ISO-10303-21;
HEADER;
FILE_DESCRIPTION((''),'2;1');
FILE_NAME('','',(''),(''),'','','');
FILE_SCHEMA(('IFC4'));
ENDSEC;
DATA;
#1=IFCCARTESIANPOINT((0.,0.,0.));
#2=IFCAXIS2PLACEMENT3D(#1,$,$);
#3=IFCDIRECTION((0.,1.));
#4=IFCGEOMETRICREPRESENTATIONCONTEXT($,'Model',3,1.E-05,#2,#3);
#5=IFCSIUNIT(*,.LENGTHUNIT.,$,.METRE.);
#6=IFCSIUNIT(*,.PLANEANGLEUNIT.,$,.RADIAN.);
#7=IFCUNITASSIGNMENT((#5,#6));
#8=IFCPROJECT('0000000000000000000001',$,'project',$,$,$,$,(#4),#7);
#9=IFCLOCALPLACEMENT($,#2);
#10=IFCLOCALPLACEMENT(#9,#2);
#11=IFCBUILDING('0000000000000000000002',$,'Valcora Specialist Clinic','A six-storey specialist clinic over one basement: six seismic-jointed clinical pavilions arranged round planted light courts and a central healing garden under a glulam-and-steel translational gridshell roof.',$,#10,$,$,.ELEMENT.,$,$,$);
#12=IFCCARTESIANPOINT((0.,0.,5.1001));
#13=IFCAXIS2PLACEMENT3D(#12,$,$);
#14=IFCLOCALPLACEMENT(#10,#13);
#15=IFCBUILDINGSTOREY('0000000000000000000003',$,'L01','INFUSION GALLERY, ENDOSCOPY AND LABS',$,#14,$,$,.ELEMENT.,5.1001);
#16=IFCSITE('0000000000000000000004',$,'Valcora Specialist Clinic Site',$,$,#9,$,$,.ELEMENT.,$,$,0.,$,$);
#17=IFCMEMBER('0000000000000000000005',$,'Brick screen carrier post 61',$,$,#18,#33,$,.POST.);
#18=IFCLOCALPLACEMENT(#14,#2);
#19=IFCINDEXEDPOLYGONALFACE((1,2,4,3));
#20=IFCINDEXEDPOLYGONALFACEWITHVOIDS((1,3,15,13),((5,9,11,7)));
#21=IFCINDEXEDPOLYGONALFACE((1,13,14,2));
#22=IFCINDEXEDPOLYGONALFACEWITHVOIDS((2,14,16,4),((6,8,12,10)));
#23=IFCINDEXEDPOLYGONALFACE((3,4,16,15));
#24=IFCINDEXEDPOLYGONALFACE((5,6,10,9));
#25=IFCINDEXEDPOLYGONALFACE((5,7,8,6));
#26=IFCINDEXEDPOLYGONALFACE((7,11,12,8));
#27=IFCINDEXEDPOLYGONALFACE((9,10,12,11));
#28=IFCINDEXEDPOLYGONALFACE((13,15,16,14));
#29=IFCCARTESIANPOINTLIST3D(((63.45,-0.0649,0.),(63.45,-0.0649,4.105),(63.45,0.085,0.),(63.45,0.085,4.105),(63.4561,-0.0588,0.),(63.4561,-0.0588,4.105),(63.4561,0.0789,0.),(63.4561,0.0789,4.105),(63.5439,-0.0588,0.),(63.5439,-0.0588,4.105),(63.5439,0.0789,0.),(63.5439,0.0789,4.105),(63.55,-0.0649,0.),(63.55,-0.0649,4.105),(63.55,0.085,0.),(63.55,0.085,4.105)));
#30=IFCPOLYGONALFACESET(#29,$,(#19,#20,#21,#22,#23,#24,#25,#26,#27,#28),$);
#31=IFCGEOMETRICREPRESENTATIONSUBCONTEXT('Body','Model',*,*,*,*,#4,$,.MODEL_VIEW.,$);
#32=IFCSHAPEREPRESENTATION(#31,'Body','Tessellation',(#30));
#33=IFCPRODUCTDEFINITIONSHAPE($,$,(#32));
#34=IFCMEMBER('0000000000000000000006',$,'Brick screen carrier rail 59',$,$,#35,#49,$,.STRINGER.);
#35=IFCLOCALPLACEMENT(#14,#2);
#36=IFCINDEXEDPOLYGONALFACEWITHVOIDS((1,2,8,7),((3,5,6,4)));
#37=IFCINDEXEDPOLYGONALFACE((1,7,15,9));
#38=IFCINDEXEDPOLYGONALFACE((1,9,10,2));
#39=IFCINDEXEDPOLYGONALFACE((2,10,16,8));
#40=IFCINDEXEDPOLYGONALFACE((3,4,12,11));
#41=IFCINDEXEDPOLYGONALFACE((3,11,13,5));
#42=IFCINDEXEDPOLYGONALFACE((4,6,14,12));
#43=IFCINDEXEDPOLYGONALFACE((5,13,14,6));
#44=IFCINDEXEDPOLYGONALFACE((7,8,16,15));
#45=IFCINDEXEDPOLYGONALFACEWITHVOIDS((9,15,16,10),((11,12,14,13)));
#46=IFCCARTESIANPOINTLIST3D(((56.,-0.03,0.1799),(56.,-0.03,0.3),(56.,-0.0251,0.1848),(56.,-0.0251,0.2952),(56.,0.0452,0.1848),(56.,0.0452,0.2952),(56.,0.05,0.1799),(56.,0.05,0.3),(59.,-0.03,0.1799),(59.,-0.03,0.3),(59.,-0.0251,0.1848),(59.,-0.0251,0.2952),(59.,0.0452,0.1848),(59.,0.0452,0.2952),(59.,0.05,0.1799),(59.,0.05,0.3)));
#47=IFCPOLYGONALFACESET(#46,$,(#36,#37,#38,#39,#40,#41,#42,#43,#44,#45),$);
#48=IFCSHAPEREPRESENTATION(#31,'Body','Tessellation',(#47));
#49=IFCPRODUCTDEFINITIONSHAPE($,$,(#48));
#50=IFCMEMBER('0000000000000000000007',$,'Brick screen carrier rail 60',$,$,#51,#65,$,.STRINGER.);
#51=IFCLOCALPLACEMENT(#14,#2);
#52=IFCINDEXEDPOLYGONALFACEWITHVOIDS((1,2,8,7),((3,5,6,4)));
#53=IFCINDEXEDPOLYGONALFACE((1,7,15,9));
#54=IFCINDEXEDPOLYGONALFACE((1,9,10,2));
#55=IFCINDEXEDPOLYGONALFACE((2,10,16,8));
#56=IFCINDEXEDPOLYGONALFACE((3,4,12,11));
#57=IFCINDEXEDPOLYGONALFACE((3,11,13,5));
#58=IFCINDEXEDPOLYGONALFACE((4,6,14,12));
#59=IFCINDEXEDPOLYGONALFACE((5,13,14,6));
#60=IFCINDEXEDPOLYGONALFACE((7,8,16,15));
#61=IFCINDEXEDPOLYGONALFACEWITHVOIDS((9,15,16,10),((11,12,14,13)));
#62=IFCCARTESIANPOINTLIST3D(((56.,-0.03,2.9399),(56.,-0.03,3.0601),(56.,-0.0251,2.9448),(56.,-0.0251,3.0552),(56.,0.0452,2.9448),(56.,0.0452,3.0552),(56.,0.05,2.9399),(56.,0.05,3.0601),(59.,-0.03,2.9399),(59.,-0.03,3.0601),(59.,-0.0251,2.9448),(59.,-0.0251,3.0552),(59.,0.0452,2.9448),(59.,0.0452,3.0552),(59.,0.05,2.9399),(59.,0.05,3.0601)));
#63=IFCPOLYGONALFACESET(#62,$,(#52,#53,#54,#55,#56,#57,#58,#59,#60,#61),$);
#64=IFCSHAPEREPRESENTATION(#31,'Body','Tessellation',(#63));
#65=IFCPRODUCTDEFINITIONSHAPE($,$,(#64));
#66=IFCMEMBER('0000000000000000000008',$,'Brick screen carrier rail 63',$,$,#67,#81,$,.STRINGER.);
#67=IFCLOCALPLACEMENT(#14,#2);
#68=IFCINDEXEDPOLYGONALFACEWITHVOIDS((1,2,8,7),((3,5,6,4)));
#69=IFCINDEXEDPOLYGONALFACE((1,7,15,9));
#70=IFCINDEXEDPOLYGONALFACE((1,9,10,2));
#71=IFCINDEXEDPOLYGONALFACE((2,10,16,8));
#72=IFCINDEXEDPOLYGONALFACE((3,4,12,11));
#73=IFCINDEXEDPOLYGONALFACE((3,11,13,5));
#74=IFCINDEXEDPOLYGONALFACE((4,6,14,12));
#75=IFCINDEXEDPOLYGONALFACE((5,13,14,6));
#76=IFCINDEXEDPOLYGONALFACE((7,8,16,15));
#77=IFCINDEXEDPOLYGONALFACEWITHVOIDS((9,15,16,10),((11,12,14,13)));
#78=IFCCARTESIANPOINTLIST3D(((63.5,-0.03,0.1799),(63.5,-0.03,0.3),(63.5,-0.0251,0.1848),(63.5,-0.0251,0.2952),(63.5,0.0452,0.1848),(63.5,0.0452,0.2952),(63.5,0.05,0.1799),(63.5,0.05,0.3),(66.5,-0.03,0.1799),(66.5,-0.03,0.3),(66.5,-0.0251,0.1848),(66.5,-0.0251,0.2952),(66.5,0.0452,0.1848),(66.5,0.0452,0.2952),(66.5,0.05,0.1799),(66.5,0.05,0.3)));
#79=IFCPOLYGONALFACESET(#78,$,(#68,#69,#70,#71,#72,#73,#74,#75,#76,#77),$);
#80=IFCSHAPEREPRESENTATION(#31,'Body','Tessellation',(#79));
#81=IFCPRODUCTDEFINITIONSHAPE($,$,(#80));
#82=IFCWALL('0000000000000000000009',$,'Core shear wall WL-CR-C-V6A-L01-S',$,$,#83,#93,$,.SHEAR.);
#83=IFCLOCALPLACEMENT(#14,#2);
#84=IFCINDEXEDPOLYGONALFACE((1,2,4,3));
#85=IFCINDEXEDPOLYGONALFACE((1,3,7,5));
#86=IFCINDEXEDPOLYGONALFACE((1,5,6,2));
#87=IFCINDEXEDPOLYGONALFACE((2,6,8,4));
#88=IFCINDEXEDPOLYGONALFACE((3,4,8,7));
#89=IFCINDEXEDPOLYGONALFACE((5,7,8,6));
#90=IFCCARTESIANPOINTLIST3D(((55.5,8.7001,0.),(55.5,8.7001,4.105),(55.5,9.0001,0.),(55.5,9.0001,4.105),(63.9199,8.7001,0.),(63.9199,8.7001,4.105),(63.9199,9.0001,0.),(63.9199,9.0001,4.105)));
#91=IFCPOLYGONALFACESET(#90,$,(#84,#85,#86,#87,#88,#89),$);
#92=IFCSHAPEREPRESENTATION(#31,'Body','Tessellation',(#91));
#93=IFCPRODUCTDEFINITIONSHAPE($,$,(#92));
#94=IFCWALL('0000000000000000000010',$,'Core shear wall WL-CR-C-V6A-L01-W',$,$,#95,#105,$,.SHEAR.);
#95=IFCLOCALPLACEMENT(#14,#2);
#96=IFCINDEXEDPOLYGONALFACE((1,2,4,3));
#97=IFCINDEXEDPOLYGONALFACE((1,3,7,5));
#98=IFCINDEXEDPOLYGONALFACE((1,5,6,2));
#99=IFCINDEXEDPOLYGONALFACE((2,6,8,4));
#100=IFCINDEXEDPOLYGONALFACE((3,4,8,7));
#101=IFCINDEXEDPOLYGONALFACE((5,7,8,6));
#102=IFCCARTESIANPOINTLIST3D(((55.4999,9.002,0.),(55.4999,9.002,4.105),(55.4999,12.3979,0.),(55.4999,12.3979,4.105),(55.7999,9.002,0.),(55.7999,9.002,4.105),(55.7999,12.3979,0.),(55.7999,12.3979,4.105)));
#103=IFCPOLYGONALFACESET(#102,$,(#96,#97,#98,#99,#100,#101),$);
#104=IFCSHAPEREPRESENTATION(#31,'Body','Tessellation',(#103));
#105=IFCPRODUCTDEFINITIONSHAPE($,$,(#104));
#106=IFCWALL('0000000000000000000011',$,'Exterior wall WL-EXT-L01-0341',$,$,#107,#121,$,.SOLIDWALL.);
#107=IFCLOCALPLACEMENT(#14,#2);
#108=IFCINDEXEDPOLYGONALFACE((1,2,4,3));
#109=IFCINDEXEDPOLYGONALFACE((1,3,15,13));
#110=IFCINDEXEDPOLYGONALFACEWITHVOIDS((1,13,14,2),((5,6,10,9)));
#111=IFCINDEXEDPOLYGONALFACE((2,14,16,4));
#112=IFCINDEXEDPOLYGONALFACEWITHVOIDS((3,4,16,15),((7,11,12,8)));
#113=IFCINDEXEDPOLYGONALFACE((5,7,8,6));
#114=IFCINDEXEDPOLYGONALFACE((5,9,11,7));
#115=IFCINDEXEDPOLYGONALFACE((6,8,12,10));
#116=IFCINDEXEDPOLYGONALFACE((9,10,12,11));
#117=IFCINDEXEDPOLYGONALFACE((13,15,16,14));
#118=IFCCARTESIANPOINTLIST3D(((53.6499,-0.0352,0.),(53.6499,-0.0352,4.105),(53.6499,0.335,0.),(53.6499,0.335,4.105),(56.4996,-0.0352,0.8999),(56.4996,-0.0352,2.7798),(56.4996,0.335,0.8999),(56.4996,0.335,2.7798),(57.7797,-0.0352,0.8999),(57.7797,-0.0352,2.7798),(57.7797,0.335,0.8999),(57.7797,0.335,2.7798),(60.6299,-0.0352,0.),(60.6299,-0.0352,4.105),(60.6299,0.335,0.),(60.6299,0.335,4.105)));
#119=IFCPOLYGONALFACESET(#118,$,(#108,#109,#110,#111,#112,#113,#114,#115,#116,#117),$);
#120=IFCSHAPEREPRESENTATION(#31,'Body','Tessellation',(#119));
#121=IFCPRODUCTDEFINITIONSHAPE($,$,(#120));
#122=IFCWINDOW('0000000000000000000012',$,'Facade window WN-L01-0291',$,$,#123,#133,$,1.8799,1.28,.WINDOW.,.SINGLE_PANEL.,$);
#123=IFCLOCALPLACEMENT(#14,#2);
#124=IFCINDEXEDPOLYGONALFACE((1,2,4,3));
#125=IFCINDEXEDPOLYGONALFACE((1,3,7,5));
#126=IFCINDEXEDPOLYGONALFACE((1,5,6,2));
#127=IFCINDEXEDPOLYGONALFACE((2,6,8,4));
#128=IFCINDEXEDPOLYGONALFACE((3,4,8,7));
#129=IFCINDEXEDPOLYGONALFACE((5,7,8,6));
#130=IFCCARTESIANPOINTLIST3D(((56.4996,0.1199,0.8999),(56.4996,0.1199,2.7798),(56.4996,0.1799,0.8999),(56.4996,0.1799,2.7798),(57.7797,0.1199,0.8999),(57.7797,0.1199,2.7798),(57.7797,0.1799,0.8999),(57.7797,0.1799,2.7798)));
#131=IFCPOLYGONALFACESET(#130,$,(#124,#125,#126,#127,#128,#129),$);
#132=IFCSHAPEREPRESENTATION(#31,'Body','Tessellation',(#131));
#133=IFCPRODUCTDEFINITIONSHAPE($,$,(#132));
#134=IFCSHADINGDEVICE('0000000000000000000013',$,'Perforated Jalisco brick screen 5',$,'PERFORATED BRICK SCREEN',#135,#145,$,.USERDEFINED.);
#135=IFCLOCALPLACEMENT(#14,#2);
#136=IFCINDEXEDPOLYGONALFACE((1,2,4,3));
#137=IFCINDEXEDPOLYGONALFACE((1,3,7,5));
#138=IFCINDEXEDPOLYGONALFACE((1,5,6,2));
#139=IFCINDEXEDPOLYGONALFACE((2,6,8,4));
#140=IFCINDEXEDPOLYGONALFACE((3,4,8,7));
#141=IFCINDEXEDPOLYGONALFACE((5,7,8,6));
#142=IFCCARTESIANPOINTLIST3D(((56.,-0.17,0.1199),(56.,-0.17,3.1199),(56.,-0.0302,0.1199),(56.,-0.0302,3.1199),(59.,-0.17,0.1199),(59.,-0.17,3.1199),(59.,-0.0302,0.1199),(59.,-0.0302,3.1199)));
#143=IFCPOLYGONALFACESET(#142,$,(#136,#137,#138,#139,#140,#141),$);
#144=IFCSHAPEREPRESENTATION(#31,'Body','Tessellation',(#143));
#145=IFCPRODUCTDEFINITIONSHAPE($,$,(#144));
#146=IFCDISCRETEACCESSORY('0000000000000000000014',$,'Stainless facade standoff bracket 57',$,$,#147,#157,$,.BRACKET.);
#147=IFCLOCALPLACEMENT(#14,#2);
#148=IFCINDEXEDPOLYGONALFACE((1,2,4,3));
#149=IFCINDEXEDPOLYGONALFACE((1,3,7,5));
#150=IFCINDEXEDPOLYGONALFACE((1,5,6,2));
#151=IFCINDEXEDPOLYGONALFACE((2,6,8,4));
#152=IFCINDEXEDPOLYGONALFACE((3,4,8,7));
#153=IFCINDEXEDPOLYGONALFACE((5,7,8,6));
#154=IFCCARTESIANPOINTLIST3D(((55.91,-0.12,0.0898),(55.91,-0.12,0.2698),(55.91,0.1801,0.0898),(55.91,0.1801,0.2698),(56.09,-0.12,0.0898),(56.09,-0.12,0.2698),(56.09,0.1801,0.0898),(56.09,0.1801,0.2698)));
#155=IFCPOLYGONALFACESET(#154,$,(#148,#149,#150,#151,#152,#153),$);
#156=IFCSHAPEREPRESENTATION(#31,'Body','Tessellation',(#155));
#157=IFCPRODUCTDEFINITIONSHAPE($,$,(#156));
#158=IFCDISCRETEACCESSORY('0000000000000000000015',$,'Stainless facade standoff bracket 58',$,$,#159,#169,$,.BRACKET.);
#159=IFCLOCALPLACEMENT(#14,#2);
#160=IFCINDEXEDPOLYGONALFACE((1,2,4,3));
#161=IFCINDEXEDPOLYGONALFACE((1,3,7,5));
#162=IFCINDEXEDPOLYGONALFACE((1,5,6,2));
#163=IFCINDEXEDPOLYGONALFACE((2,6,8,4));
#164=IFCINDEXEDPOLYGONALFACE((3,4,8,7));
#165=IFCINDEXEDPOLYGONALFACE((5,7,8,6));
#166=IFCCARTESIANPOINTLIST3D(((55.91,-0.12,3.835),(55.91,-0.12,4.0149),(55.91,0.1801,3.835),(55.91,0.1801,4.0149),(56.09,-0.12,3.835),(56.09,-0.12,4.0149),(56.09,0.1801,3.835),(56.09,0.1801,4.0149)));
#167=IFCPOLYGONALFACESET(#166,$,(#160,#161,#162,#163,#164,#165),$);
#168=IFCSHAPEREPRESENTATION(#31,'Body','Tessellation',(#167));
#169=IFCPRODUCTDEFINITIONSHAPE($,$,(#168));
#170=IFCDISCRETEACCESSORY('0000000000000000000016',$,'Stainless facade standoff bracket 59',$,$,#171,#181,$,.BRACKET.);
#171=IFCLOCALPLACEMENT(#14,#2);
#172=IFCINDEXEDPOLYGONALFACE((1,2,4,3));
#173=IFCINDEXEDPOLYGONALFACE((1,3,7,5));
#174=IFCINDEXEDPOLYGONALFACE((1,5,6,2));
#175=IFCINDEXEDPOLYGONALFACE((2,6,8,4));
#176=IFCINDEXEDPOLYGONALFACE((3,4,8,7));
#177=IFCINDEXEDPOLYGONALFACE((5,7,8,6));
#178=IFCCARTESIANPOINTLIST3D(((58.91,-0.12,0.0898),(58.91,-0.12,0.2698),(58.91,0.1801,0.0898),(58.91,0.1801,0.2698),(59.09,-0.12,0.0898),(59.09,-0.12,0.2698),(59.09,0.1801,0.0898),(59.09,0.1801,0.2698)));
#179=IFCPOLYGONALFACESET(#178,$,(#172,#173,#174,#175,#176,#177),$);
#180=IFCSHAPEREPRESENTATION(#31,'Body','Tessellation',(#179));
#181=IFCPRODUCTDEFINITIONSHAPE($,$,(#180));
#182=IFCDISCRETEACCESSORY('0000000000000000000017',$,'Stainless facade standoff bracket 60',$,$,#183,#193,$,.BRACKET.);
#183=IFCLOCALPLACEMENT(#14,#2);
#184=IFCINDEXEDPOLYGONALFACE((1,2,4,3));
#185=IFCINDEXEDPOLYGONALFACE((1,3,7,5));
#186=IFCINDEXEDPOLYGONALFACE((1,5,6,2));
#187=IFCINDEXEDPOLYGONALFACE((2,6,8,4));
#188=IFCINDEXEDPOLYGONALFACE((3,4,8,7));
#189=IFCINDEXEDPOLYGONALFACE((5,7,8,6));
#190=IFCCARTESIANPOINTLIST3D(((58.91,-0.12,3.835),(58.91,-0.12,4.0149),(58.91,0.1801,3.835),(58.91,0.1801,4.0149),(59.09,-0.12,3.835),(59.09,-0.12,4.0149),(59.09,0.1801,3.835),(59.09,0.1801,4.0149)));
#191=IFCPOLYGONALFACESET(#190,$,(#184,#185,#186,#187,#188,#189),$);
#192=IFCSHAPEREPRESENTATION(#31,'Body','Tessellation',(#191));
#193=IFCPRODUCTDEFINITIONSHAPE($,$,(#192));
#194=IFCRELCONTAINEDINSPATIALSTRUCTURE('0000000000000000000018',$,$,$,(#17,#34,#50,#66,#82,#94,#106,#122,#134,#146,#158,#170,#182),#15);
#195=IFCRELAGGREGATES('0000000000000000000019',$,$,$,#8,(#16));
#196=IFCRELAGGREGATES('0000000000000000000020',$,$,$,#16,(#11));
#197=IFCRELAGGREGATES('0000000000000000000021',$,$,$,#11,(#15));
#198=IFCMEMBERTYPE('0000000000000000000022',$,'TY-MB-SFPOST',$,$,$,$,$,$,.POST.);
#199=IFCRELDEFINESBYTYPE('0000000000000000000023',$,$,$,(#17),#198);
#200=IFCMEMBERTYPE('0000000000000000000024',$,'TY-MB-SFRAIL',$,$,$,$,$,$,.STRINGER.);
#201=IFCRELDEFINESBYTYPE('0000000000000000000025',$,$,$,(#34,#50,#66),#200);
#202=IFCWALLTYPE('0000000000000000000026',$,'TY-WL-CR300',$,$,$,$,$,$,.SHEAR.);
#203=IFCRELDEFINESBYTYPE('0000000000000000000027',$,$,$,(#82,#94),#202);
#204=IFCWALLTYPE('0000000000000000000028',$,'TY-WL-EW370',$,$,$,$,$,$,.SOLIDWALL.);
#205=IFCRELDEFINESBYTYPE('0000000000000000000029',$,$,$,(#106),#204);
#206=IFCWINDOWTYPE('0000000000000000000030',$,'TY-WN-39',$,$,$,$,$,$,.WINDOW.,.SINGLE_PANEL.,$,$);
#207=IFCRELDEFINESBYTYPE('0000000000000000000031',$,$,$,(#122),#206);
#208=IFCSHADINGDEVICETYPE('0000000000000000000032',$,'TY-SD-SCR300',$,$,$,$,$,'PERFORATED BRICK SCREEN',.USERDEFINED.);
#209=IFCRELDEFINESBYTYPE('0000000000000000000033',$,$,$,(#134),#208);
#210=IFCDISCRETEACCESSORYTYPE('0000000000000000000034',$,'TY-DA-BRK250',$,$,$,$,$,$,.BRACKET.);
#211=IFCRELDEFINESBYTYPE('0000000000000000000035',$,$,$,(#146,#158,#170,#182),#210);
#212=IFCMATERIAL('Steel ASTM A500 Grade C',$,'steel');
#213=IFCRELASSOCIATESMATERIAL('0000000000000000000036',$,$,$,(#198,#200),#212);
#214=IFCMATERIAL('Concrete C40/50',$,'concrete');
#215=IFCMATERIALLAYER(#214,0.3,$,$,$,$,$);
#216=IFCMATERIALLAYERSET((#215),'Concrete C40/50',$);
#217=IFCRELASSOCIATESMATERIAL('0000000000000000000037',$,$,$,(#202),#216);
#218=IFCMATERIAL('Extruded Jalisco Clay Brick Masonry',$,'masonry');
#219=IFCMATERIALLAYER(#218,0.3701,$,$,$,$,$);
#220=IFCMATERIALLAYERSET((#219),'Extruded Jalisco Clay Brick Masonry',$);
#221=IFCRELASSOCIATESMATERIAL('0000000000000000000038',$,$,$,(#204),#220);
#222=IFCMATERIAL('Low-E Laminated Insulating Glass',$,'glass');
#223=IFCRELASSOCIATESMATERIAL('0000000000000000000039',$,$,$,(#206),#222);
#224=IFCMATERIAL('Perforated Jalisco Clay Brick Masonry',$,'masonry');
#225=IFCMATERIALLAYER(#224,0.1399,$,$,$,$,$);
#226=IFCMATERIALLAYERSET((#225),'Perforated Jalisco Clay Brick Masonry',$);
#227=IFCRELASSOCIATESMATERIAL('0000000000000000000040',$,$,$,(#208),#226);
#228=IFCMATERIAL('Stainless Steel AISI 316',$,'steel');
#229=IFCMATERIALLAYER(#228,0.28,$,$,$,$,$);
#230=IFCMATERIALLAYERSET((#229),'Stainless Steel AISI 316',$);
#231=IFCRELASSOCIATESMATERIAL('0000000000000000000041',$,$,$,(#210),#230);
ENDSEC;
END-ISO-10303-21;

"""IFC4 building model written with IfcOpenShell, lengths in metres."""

from ifc_helpers import new_model, si_unit, direction, frame, frame_2d, origin, origin_2d, place, context, subcontext, project, spatial, rectangle, hollow_rectangle, extrude, material, layer, layer_set, material_profile, profile_set, type_object, element, fill, save


model = new_model("IFC4")

# Units and contexts
model_context = context("Model", 3, precision=1e-05, world=origin(), true_north=direction((0.0, 1.0)))
body_context = subcontext(model_context, "Body", "Model", "MODEL_VIEW")
ifc_project = project(units=[si_unit("LENGTHUNIT", "METRE"), si_unit("PLANEANGLEUNIT", "RADIAN")], contexts=[model_context])

# Site, building, storey
site_placement = place(None, origin())
site = spatial("IfcSite", under=ifc_project, at=site_placement, Name="Valcora Specialist Clinic Site", CompositionType="ELEMENT", RefElevation=0.0)
building_placement = place(site_placement, origin())
building = spatial("IfcBuilding", under=site, at=building_placement, Name="Valcora Specialist Clinic", Description="A six-storey specialist clinic over one basement: six seismic-jointed clinical pavilions arranged round planted light courts and a central healing garden under a glulam-and-steel translational gridshell roof.", CompositionType="ELEMENT")
storey_placement = place(building_placement, frame((0.0, 0.0, 5.1001)))
storey = spatial("IfcBuildingStorey", under=building, at=storey_placement, Name="L01", Description="INFUSION GALLERY, ENDOSCOPY AND LABS", CompositionType="ELEMENT", Elevation=5.1001)

# Shared definitions
ifc_material_1 = material(Name="Concrete C40/50", Category="concrete")

# Members
ifc_material_2 = material(Name="Steel ASTM A500 Grade C", Category="steel")
ifc_material_profile_1 = material_profile(ifc_material_2, hollow_rectangle(XDim=0.1001, YDim=0.1499, WallThickness=0.0061, at=origin_2d()), Name="ST-RHS-150X100X6")
ifc_profile_set_1 = profile_set([ifc_material_profile_1], Name="Steel ASTM A500 Grade C")
member_type_1 = type_object("IfcMemberType", Name="TY-MB-SFPOST", PredefinedType="POST", material=ifc_profile_set_1)
for number, where, z_axis, x_axis, name in (
    (1, (63.5, 0.01, 0.0), (0.0, 0.0, 1.0), (1.0, 0.0, 0.0), "Brick screen carrier post 61"),
):
    element("IfcMember", number, at=place(storey_placement, frame(where, z_axis=z_axis, x_axis=x_axis)), inside=storey, type_object=member_type_1, Name=name, PredefinedType="POST", context=body_context, shape_type="SweptSolid", body=[
        extrude(hollow_rectangle(XDim=0.1001, YDim=0.1499, WallThickness=0.0061, at=origin_2d()), origin(), (0.0, 0.0, 1.0), 4.105),
    ])
ifc_material_profile_2 = material_profile(ifc_material_2, hollow_rectangle(XDim=0.0801, YDim=0.1201, WallThickness=0.0049, at=origin_2d()), Name="ST-RHS-120X80X5")
ifc_profile_set_2 = profile_set([ifc_material_profile_2], Name="Steel ASTM A500 Grade C")
member_type_2 = type_object("IfcMemberType", Name="TY-MB-SFRAIL", PredefinedType="STRINGER", material=ifc_profile_set_2)
for number, where, z_axis, x_axis, name in (
    (2, (56.0, 0.01, 0.24), (1.0, 0.0, 0.0), (0.0, 1.0, 0.0), "Brick screen carrier rail 59"),
    (3, (56.0, 0.01, 3.0), (1.0, 0.0, 0.0), (0.0, 1.0, 0.0), "Brick screen carrier rail 60"),
    (4, (63.5, 0.01, 0.24), (1.0, 0.0, 0.0), (0.0, 1.0, 0.0), "Brick screen carrier rail 63"),
):
    element("IfcMember", number, at=place(storey_placement, frame(where, z_axis=z_axis, x_axis=x_axis)), inside=storey, type_object=member_type_2, Name=name, PredefinedType="STRINGER", context=body_context, shape_type="SweptSolid", body=[
        extrude(hollow_rectangle(XDim=0.0801, YDim=0.1201, WallThickness=0.0049, at=origin_2d()), origin(), (0.0, 0.0, 1.0), 3.0),
    ])

# Walls
ifc_layer_1 = layer(ifc_material_1, 0.3)
ifc_layer_set_1 = layer_set([ifc_layer_1], Name="Concrete C40/50")
wall_type_1 = type_object("IfcWallType", Name="TY-WL-CR300", PredefinedType="SHEAR", material=ifc_layer_set_1)
wall_1_placement = place(storey_placement, frame((55.5, 8.8501, 0.0), z_axis=(0.0, 0.0, 1.0), x_axis=(1.0, 0.0, 0.0)))
element("IfcWall", 5, at=wall_1_placement, inside=storey, type_object=wall_type_1, Name="Core shear wall WL-CR-C-V6A-L01-S", PredefinedType="SHEAR", context=body_context, shape_type="SweptSolid", body=[
    extrude(rectangle(XDim=8.4199, YDim=0.3, at=frame_2d((4.21, 0.0))), origin(), (0.0, 0.0, 1.0), 4.105),
])
wall_2_placement = place(storey_placement, frame((55.6499, 9.002, 0.0), z_axis=(0.0, 0.0, 1.0), x_axis=(0.0, 1.0, 0.0)))
element("IfcWall", 6, at=wall_2_placement, inside=storey, type_object=wall_type_1, Name="Core shear wall WL-CR-C-V6A-L01-W", PredefinedType="SHEAR", context=body_context, shape_type="SweptSolid", body=[
    extrude(rectangle(XDim=3.396, YDim=0.3, at=frame_2d((1.698, 0.0))), origin(), (0.0, 0.0, 1.0), 4.105),
])

# Wall, opening, window
ifc_material_3 = material(Name="Extruded Jalisco Clay Brick Masonry", Category="masonry")
ifc_layer_2 = layer(ifc_material_3, 0.3701)
ifc_layer_set_2 = layer_set([ifc_layer_2], Name="Extruded Jalisco Clay Brick Masonry")
wall_type_2 = type_object("IfcWallType", Name="TY-WL-EW370", PredefinedType="SOLIDWALL", material=ifc_layer_set_2)
wall_3_placement = place(storey_placement, frame((60.6299, 0.1499, 0.0), z_axis=(0.0, 0.0, 1.0), x_axis=(-1.0, 0.0, 0.0)))
wall_3 = element("IfcWall", 7, at=wall_3_placement, inside=storey, type_object=wall_type_2, Name="Exterior wall WL-EXT-L01-0341", PredefinedType="SOLIDWALL", context=body_context, shape_type="SweptSolid", body=[
    extrude(rectangle(XDim=6.98, YDim=0.3701, at=frame_2d((3.49, 0.0))), origin(), (0.0, 0.0, 1.0), 4.105),
])
opening_placement = place(wall_3_placement, frame((2.8501, 0.0, 0.8999)))
opening = element("IfcOpeningElement", 8, at=opening_placement, cuts=wall_3, PredefinedType="OPENING", context=body_context, shape_type="SweptSolid", body=[
    extrude(rectangle(XDim=1.28, YDim=1.8799, at=frame_2d((0.6401, 0.9399))), frame((0.0, 0.1951, 0.0), z_axis=(0.0, -1.0, 0.0), x_axis=(1.0, 0.0, 0.0)), (0.0, 0.0, 1.0), 0.3901),
])
ifc_material_4 = material(Name="Low-E Laminated Insulating Glass", Category="glass")
window_type = type_object("IfcWindowType", Name="TY-WN-39", PartitioningType="SINGLE_PANEL", PredefinedType="WINDOW", material=ifc_material_4)
window_placement = place(opening_placement, origin())
window = element("IfcWindow", 9, at=window_placement, inside=storey, type_object=window_type, Name="Facade window WN-L01-0291", OverallHeight=1.8799, OverallWidth=1.28, PartitioningType="SINGLE_PANEL", PredefinedType="WINDOW", context=body_context, shape_type="SweptSolid", body=[
    extrude(rectangle(XDim=1.28, YDim=1.8799, at=frame_2d((0.6401, 0.9399))), frame((0.0, 0.03, 0.0), z_axis=(0.0, -1.0, 0.0), x_axis=(1.0, 0.0, 0.0)), (0.0, 0.0, 1.0), 0.0601),
])
fill(opening, window)

# Shading device
ifc_material_5 = material(Name="Perforated Jalisco Clay Brick Masonry", Category="masonry")
ifc_layer_3 = layer(ifc_material_5, 0.1399)
ifc_layer_set_3 = layer_set([ifc_layer_3], Name="Perforated Jalisco Clay Brick Masonry")
shading_device_type = type_object("IfcShadingDeviceType", Name="TY-SD-SCR300", ElementType="PERFORATED BRICK SCREEN", PredefinedType="USERDEFINED", material=ifc_layer_set_3)
shading_device_placement = place(storey_placement, frame((57.5, -0.1001, 0.1199), z_axis=(0.0, 0.0, 1.0), x_axis=(1.0, 0.0, 0.0)))
element("IfcShadingDevice", 10, at=shading_device_placement, inside=storey, type_object=shading_device_type, Name="Perforated Jalisco brick screen 5", ObjectType="PERFORATED BRICK SCREEN", PredefinedType="USERDEFINED", context=body_context, shape_type="SweptSolid", body=[
    extrude(rectangle(XDim=3.0, YDim=0.1399, at=origin_2d()), origin(), (0.0, 0.0, 1.0), 3.0),
])

# Discrete accessories
ifc_material_6 = material(Name="Stainless Steel AISI 316", Category="steel")
ifc_layer_4 = layer(ifc_material_6, 0.28)
ifc_layer_set_4 = layer_set([ifc_layer_4], Name="Stainless Steel AISI 316")
discrete_accessory_type = type_object("IfcDiscreteAccessoryType", Name="TY-DA-BRK250", PredefinedType="BRACKET", material=ifc_layer_set_4)
for number, where, z_axis, x_axis, name in (
    (11, (56.0, 0.03, 0.0898), (0.0, 0.0, 1.0), (1.0, 0.0, 0.0), "Stainless facade standoff bracket 57"),
    (12, (56.0, 0.03, 3.835), (0.0, 0.0, 1.0), (1.0, 0.0, 0.0), "Stainless facade standoff bracket 58"),
    (13, (59.0, 0.03, 0.0898), (0.0, 0.0, 1.0), (1.0, 0.0, 0.0), "Stainless facade standoff bracket 59"),
    (14, (59.0, 0.03, 3.835), (0.0, 0.0, 1.0), (1.0, 0.0, 0.0), "Stainless facade standoff bracket 60"),
):
    element("IfcDiscreteAccessory", number, at=place(storey_placement, frame(where, z_axis=z_axis, x_axis=x_axis)), inside=storey, type_object=discrete_accessory_type, Name=name, PredefinedType="BRACKET", context=body_context, shape_type="SweptSolid", body=[
        extrude(rectangle(XDim=0.1799, YDim=0.3, at=origin_2d()), origin(), (0.0, 0.0, 1.0), 0.1799),
    ])

save(model, "model.ifc")
